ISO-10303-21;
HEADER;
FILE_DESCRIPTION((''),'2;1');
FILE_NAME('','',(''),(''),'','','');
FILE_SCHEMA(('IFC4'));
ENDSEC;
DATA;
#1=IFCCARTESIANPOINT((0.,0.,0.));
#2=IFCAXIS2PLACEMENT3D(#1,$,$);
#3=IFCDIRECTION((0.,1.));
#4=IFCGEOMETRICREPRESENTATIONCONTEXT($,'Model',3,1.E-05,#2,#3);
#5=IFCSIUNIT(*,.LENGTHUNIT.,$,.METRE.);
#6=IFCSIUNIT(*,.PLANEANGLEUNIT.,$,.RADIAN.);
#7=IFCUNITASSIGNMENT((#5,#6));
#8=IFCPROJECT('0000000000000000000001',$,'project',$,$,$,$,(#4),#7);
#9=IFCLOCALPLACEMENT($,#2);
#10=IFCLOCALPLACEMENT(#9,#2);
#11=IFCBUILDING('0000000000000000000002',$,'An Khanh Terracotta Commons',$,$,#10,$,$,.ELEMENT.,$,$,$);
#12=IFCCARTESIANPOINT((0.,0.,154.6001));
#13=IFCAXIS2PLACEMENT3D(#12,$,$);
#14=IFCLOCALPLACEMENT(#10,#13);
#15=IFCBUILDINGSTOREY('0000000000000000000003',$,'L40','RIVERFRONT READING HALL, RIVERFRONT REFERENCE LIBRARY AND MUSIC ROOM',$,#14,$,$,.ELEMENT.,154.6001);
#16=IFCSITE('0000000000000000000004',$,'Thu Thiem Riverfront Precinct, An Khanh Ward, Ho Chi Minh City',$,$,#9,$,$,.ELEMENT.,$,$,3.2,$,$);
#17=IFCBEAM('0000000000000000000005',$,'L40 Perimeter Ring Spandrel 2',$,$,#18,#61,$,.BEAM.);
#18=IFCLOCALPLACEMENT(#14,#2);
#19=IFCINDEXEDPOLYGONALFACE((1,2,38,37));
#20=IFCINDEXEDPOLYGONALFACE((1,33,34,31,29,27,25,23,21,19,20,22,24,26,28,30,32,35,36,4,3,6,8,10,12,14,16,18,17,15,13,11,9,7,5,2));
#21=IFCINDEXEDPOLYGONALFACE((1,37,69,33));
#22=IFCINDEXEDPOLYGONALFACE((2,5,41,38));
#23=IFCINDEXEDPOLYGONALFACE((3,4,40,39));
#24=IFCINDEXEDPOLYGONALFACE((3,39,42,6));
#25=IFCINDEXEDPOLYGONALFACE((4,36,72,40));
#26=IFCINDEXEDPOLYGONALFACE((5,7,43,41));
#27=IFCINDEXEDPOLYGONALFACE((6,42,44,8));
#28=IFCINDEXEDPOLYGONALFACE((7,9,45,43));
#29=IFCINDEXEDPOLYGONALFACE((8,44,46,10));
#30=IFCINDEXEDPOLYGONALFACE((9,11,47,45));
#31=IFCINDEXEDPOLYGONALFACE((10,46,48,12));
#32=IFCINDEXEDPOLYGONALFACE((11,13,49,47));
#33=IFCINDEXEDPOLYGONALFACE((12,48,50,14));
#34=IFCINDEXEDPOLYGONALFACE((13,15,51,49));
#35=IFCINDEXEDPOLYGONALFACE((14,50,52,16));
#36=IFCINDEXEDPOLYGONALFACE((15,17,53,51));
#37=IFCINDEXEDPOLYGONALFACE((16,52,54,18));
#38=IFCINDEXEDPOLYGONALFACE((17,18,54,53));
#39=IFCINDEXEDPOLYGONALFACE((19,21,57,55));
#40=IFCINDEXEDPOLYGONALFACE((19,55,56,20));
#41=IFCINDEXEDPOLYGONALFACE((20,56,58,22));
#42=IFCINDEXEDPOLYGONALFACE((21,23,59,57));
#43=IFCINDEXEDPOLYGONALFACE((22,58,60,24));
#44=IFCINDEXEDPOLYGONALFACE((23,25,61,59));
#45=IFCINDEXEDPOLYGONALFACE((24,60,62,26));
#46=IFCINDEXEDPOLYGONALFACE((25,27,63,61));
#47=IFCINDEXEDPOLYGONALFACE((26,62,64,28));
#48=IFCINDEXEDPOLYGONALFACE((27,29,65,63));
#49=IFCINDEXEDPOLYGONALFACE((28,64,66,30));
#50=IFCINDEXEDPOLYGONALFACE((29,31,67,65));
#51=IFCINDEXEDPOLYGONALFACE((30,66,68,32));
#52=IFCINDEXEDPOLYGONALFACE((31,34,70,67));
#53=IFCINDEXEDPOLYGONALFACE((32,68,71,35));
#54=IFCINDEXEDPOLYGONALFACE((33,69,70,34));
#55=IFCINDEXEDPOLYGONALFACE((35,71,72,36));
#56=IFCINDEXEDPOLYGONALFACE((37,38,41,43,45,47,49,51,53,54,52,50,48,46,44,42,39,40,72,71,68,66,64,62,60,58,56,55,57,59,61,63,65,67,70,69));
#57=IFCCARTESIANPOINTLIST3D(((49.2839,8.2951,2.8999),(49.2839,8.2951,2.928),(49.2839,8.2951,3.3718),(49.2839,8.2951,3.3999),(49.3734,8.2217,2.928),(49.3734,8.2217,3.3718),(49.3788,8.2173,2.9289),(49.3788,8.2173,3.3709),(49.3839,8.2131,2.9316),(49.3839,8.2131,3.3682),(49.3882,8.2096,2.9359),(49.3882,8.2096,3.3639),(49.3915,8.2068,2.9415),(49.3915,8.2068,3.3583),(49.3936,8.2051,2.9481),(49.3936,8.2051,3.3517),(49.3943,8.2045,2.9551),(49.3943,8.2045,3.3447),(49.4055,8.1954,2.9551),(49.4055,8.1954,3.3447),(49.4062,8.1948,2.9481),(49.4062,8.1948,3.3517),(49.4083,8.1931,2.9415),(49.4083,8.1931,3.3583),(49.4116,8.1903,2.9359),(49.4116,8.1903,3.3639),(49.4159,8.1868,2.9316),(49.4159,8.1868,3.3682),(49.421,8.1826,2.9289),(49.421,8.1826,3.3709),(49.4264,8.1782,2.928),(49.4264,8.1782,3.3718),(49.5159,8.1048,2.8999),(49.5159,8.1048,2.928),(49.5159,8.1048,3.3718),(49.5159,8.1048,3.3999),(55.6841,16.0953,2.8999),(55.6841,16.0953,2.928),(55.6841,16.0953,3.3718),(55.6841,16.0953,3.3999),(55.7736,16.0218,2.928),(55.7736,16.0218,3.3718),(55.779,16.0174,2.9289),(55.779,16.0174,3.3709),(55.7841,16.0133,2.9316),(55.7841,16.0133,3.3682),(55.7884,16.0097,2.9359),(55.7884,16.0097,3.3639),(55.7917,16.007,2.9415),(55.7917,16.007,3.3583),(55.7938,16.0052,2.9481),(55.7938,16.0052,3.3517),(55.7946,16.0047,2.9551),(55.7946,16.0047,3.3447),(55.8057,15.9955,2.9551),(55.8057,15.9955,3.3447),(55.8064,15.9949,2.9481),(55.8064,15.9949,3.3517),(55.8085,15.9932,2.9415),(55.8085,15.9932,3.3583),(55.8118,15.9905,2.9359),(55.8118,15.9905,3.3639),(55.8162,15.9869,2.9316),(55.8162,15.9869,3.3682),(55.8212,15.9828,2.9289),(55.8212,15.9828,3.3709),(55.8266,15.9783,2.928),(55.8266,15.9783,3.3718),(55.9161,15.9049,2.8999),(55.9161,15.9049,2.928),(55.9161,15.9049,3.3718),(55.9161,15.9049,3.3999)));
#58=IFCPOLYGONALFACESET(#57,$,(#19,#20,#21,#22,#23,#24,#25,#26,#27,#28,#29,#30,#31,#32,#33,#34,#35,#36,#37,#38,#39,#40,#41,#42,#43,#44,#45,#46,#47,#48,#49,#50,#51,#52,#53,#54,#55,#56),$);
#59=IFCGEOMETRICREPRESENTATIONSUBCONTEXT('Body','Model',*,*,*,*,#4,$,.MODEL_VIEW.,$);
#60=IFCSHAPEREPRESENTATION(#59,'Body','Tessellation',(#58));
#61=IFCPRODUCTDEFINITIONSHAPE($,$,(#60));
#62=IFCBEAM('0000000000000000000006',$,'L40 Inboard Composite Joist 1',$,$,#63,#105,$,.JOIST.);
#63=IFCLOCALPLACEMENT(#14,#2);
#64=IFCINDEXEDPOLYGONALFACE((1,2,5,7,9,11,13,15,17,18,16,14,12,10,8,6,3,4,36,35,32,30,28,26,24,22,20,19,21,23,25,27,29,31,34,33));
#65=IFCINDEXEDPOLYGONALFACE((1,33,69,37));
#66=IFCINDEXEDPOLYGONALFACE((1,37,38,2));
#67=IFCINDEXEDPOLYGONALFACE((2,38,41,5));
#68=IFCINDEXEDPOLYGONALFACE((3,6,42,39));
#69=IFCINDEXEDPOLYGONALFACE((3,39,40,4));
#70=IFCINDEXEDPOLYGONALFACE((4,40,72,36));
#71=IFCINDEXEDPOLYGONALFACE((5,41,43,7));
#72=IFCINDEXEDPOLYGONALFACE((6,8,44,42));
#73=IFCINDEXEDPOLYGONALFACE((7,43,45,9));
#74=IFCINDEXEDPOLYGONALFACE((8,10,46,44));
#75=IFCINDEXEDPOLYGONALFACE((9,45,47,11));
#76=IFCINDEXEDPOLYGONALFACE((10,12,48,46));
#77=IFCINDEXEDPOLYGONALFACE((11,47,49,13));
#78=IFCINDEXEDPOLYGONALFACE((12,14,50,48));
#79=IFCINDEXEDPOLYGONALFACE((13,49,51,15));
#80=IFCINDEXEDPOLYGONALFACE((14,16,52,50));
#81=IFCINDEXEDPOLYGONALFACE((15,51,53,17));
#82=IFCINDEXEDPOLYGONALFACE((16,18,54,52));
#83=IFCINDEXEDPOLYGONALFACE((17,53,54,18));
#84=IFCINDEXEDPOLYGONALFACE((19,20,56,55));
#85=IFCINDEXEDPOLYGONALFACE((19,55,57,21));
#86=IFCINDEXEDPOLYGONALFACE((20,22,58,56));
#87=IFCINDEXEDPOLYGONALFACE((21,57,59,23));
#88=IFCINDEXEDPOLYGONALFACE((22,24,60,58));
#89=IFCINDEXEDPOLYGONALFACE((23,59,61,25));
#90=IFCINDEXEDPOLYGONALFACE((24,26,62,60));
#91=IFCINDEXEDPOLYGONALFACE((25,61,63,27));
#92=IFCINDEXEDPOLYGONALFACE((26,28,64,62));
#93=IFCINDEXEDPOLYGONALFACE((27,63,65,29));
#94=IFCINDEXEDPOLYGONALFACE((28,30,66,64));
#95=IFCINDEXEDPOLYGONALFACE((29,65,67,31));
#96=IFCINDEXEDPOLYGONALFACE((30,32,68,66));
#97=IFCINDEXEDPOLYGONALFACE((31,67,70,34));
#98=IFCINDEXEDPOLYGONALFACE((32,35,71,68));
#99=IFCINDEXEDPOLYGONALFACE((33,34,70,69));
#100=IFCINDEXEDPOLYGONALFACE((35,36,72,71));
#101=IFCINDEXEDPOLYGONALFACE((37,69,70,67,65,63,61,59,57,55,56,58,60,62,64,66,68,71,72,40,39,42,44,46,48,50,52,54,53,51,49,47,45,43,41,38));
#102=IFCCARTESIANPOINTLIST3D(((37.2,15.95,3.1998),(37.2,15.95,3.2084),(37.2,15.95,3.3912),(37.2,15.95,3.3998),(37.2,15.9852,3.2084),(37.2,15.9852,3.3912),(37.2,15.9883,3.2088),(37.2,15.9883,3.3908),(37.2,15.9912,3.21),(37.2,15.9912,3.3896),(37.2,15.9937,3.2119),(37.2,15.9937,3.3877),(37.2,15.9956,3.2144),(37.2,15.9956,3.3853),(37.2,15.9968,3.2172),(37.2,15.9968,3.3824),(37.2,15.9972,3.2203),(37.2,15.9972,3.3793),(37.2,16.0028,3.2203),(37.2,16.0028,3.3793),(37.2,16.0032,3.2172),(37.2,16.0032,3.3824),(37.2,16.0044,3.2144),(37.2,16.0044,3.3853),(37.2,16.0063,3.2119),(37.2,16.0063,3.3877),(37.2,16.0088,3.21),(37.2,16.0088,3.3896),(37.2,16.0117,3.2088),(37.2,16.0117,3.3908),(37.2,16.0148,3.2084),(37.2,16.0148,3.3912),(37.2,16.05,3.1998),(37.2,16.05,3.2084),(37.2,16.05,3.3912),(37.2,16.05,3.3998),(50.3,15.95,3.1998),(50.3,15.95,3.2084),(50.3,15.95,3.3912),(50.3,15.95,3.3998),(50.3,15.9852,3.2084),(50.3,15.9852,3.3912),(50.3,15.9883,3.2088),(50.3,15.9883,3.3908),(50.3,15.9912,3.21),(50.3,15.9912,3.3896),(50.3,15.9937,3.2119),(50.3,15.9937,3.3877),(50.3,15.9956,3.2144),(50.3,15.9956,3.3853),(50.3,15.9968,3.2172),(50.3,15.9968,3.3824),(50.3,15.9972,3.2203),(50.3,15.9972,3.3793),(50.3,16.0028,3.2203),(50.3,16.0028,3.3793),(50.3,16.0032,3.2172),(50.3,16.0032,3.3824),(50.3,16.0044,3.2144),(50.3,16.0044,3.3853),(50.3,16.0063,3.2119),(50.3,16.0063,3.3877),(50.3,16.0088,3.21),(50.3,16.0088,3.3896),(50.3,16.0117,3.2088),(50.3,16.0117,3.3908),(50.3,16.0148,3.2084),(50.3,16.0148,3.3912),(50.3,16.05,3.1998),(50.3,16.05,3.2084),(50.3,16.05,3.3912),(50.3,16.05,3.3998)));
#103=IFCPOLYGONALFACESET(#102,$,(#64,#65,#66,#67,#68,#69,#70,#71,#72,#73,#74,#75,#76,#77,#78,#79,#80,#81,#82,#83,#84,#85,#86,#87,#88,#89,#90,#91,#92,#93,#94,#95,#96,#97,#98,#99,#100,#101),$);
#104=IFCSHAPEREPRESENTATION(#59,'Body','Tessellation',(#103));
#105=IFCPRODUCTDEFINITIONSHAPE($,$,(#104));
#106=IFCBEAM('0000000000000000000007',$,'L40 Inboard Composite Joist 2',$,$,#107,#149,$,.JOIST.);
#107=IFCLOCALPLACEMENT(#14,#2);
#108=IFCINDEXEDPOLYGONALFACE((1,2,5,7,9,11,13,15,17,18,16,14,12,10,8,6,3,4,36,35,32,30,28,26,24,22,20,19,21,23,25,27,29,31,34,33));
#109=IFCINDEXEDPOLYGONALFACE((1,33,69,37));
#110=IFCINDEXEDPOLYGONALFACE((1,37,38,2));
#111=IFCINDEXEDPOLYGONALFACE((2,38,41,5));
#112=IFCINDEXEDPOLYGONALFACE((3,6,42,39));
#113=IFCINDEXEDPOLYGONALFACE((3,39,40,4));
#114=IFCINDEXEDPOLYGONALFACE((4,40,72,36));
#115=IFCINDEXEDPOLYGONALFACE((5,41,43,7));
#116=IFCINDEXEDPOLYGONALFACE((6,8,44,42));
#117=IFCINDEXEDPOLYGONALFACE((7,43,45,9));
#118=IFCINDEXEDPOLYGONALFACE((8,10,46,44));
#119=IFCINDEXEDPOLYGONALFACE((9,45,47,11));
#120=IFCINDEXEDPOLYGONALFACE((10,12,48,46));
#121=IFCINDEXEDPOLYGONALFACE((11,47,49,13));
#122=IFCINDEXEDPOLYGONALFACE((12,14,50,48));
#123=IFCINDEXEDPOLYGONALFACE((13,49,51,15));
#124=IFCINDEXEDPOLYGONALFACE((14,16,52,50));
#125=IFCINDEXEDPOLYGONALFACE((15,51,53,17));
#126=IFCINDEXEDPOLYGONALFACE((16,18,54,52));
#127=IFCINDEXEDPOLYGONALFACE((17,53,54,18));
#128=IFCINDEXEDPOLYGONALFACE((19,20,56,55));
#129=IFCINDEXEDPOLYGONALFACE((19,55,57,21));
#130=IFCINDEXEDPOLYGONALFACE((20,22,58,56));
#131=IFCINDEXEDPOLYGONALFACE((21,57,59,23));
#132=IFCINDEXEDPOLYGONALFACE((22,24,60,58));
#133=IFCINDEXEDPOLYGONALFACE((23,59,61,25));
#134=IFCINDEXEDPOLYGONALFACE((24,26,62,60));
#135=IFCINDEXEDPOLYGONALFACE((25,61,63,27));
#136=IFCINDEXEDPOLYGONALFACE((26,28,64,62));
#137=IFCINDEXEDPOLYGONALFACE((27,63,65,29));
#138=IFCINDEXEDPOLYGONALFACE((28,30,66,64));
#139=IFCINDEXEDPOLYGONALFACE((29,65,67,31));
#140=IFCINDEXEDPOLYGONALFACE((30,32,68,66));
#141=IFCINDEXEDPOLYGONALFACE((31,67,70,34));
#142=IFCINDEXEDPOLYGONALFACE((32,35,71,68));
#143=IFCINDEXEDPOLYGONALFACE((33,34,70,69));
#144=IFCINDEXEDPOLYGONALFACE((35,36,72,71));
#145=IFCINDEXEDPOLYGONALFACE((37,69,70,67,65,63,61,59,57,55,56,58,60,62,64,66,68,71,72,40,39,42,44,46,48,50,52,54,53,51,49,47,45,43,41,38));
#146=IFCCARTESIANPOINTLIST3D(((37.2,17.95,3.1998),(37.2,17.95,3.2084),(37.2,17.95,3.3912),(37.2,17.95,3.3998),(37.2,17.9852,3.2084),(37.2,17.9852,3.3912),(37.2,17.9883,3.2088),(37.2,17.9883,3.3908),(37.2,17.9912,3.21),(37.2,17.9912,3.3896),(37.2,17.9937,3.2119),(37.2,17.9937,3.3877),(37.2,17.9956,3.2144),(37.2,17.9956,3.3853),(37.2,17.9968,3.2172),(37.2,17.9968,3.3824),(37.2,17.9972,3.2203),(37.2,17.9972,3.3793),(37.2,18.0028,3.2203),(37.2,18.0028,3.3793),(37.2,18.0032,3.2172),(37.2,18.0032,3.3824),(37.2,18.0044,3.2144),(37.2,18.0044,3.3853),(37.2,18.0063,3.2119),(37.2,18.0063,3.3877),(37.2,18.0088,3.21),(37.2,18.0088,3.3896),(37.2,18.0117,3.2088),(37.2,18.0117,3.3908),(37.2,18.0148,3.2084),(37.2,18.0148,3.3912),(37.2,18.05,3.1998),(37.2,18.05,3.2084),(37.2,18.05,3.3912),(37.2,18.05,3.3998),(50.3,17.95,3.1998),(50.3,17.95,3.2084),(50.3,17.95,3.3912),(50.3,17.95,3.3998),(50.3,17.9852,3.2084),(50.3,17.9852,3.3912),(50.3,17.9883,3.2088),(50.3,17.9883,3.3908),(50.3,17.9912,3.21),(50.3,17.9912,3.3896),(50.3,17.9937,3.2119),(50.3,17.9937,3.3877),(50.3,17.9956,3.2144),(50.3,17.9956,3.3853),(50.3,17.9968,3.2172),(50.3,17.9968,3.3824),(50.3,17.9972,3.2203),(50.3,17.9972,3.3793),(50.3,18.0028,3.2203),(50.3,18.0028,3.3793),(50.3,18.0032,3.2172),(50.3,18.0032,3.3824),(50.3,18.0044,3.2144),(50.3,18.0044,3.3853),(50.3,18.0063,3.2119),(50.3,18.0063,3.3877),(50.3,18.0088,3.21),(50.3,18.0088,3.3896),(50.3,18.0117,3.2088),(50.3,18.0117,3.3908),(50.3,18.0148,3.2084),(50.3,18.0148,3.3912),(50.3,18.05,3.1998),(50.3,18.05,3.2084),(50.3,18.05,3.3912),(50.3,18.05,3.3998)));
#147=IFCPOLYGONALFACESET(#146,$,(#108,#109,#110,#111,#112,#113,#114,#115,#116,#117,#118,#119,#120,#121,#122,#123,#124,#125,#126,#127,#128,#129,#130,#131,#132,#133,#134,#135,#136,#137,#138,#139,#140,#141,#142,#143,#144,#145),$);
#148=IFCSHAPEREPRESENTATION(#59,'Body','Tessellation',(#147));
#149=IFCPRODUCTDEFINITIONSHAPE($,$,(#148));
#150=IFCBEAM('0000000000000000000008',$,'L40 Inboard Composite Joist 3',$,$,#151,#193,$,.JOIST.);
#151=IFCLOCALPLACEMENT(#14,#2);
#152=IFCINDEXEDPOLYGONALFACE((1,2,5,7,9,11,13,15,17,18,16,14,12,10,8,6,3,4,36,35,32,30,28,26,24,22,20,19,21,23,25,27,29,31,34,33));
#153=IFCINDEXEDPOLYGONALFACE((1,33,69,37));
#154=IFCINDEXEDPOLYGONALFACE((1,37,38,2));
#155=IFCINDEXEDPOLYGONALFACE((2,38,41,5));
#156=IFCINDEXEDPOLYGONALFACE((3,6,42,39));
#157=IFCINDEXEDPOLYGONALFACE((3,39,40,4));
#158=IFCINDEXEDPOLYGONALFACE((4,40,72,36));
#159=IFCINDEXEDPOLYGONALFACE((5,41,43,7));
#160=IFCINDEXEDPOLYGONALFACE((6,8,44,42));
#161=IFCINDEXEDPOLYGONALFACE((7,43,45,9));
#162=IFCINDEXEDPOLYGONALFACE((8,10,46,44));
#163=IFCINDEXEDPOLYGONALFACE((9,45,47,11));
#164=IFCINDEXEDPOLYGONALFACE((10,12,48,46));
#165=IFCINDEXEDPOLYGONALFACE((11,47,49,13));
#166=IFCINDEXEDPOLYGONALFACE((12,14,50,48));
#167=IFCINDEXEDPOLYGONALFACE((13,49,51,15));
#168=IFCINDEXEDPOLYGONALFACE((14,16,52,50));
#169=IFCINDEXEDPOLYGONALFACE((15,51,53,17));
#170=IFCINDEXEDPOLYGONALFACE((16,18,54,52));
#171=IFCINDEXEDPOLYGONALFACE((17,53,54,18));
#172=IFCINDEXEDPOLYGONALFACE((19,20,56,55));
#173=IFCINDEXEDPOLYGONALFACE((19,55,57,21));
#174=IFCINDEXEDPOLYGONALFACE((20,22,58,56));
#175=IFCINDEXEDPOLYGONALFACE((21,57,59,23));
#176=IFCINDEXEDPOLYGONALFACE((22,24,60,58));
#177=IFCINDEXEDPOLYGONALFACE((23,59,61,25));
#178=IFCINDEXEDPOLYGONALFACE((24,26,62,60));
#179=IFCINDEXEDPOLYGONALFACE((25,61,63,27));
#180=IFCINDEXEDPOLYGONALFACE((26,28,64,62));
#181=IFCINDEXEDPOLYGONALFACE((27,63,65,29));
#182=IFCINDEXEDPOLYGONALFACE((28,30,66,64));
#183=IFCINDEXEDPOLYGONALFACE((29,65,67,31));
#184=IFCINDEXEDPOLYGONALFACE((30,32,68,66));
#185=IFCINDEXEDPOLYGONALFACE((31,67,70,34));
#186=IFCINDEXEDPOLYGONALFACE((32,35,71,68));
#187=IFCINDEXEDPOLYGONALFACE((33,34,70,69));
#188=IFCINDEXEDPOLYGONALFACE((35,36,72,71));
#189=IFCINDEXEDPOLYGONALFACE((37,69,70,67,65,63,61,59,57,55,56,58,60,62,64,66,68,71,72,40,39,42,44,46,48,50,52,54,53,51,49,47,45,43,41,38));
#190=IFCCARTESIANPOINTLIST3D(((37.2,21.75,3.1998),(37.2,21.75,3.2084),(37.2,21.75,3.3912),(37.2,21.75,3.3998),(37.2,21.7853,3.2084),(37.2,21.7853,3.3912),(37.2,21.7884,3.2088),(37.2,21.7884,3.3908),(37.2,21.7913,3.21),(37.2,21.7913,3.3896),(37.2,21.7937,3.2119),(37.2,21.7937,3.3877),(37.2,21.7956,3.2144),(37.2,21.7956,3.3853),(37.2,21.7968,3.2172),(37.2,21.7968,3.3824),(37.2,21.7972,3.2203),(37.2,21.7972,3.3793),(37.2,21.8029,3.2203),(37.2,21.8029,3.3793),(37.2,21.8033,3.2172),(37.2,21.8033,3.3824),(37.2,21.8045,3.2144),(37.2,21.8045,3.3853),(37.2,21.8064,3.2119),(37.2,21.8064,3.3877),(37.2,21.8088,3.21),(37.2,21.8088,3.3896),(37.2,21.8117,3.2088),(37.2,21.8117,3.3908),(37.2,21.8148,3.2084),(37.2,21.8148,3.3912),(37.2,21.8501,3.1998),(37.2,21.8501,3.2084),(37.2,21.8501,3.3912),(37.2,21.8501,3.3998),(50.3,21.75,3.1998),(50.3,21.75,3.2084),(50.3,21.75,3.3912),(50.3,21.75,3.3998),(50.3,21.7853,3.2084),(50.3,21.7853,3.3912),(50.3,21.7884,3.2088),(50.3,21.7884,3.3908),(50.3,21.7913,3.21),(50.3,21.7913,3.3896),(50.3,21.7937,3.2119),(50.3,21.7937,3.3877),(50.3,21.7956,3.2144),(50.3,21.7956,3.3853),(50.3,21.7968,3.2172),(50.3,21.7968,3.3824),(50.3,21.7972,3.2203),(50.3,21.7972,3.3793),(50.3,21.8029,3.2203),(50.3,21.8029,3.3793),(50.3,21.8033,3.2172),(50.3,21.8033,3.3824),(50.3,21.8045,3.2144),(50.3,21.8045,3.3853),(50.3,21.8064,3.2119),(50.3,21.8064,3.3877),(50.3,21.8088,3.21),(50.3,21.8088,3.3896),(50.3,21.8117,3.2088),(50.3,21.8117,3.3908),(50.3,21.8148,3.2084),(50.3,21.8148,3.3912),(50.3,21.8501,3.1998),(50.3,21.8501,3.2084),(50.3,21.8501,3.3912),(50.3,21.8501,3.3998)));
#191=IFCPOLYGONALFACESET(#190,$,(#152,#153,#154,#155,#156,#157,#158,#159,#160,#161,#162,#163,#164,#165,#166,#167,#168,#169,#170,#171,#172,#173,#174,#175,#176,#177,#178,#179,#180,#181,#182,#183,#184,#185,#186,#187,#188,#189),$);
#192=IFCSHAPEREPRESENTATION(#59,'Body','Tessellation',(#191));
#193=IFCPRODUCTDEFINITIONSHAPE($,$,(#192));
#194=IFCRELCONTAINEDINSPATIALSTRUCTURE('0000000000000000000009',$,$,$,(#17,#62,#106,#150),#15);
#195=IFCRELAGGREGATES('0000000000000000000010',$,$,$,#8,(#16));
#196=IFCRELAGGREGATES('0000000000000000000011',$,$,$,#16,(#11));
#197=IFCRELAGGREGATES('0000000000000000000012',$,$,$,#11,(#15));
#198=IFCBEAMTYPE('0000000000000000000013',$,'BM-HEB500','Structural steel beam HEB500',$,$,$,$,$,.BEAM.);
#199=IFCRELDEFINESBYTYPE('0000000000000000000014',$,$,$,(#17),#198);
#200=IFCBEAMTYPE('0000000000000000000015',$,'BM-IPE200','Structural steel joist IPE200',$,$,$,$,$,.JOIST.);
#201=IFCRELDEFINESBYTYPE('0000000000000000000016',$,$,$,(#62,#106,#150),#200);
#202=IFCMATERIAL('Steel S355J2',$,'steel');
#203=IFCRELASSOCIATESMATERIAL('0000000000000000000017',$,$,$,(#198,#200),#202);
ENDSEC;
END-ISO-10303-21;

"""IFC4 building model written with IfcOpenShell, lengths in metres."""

from ifc_helpers import new_model, si_unit, direction, frame, origin, origin_2d, place, context, subcontext, project, spatial, i_section, extrude, material, material_profile, profile_set, type_object, element, save


model = new_model("IFC4")

# Units and contexts
model_context = context("Model", 3, precision=1e-05, world=origin(), true_north=direction((0.0, 1.0)))
body_context = subcontext(model_context, "Body", "Model", "MODEL_VIEW")
ifc_project = project(units=[si_unit("LENGTHUNIT", "METRE"), si_unit("PLANEANGLEUNIT", "RADIAN")], contexts=[model_context])

# Site, building, storey
site_placement = place(None, origin())
site = spatial("IfcSite", under=ifc_project, at=site_placement, Name="Thu Thiem Riverfront Precinct, An Khanh Ward, Ho Chi Minh City", CompositionType="ELEMENT", RefElevation=3.2)
building_placement = place(site_placement, origin())
building = spatial("IfcBuilding", under=site, at=building_placement, Name="An Khanh Terracotta Commons", CompositionType="ELEMENT")
storey_placement = place(building_placement, frame((0.0, 0.0, 154.6001)))
storey = spatial("IfcBuildingStorey", under=building, at=storey_placement, Name="L40", Description="RIVERFRONT READING HALL, RIVERFRONT REFERENCE LIBRARY AND MUSIC ROOM", CompositionType="ELEMENT", Elevation=154.6001)

# Beams
ifc_material_1 = material(Name="Steel S355J2", Category="steel")
ifc_material_profile_1 = material_profile(ifc_material_1, i_section(OverallWidth=0.3, OverallDepth=0.5, WebThickness=0.0144, FlangeThickness=0.0281, FilletRadius=0.0271, at=origin_2d()), Name="HEB500")
ifc_profile_set_1 = profile_set([ifc_material_profile_1], Name="Steel S355J2")
beam_type_1 = type_object("IfcBeamType", Name="BM-HEB500", Description="Structural steel beam HEB500", PredefinedType="BEAM", material=ifc_profile_set_1)
beam_1_placement = place(storey_placement, frame((49.3999, 8.2, 3.1499), z_axis=(0.634323, 0.773068, 0.0), x_axis=(-0.773068, 0.634323, 0.0)))
element("IfcBeam", 1, at=beam_1_placement, inside=storey, type_object=beam_type_1, Name="L40 Perimeter Ring Spandrel 2", PredefinedType="BEAM", context=body_context, shape_type="SweptSolid", body=[
    extrude(i_section(OverallWidth=0.3, OverallDepth=0.5, WebThickness=0.0144, FlangeThickness=0.0281, FilletRadius=0.0271, at=origin_2d()), origin(), (0.0, 0.0, 1.0), 10.0898),
])
ifc_material_profile_2 = material_profile(ifc_material_1, i_section(OverallWidth=0.1001, OverallDepth=0.2, WebThickness=0.0056, FlangeThickness=0.0085, FilletRadius=0.012, at=origin_2d()), Name="IPE200")
ifc_profile_set_2 = profile_set([ifc_material_profile_2], Name="Steel S355J2")
beam_type_2 = type_object("IfcBeamType", Name="BM-IPE200", Description="Structural steel joist IPE200", PredefinedType="JOIST", material=ifc_profile_set_2)
for number, where, z_axis, x_axis, name in (
    (2, (37.2, 16.0, 3.2998), (1.0, 0.0, 0.0), (0.0, 1.0, 0.0), "L40 Inboard Composite Joist 1"),
    (3, (37.2, 18.0, 3.2998), (1.0, 0.0, 0.0), (0.0, 1.0, 0.0), "L40 Inboard Composite Joist 2"),
    (4, (37.2, 21.8, 3.2998), (1.0, 0.0, 0.0), (0.0, 1.0, 0.0), "L40 Inboard Composite Joist 3"),
):
    element("IfcBeam", number, at=place(storey_placement, frame(where, z_axis=z_axis, x_axis=x_axis)), inside=storey, type_object=beam_type_2, Name=name, PredefinedType="JOIST", context=body_context, shape_type="SweptSolid", body=[
        extrude(i_section(OverallWidth=0.1001, OverallDepth=0.2, WebThickness=0.0056, FlangeThickness=0.0085, FilletRadius=0.012, at=origin_2d()), origin(), (0.0, 0.0, 1.0), 13.1001),
    ])

save(model, "model.ifc")
